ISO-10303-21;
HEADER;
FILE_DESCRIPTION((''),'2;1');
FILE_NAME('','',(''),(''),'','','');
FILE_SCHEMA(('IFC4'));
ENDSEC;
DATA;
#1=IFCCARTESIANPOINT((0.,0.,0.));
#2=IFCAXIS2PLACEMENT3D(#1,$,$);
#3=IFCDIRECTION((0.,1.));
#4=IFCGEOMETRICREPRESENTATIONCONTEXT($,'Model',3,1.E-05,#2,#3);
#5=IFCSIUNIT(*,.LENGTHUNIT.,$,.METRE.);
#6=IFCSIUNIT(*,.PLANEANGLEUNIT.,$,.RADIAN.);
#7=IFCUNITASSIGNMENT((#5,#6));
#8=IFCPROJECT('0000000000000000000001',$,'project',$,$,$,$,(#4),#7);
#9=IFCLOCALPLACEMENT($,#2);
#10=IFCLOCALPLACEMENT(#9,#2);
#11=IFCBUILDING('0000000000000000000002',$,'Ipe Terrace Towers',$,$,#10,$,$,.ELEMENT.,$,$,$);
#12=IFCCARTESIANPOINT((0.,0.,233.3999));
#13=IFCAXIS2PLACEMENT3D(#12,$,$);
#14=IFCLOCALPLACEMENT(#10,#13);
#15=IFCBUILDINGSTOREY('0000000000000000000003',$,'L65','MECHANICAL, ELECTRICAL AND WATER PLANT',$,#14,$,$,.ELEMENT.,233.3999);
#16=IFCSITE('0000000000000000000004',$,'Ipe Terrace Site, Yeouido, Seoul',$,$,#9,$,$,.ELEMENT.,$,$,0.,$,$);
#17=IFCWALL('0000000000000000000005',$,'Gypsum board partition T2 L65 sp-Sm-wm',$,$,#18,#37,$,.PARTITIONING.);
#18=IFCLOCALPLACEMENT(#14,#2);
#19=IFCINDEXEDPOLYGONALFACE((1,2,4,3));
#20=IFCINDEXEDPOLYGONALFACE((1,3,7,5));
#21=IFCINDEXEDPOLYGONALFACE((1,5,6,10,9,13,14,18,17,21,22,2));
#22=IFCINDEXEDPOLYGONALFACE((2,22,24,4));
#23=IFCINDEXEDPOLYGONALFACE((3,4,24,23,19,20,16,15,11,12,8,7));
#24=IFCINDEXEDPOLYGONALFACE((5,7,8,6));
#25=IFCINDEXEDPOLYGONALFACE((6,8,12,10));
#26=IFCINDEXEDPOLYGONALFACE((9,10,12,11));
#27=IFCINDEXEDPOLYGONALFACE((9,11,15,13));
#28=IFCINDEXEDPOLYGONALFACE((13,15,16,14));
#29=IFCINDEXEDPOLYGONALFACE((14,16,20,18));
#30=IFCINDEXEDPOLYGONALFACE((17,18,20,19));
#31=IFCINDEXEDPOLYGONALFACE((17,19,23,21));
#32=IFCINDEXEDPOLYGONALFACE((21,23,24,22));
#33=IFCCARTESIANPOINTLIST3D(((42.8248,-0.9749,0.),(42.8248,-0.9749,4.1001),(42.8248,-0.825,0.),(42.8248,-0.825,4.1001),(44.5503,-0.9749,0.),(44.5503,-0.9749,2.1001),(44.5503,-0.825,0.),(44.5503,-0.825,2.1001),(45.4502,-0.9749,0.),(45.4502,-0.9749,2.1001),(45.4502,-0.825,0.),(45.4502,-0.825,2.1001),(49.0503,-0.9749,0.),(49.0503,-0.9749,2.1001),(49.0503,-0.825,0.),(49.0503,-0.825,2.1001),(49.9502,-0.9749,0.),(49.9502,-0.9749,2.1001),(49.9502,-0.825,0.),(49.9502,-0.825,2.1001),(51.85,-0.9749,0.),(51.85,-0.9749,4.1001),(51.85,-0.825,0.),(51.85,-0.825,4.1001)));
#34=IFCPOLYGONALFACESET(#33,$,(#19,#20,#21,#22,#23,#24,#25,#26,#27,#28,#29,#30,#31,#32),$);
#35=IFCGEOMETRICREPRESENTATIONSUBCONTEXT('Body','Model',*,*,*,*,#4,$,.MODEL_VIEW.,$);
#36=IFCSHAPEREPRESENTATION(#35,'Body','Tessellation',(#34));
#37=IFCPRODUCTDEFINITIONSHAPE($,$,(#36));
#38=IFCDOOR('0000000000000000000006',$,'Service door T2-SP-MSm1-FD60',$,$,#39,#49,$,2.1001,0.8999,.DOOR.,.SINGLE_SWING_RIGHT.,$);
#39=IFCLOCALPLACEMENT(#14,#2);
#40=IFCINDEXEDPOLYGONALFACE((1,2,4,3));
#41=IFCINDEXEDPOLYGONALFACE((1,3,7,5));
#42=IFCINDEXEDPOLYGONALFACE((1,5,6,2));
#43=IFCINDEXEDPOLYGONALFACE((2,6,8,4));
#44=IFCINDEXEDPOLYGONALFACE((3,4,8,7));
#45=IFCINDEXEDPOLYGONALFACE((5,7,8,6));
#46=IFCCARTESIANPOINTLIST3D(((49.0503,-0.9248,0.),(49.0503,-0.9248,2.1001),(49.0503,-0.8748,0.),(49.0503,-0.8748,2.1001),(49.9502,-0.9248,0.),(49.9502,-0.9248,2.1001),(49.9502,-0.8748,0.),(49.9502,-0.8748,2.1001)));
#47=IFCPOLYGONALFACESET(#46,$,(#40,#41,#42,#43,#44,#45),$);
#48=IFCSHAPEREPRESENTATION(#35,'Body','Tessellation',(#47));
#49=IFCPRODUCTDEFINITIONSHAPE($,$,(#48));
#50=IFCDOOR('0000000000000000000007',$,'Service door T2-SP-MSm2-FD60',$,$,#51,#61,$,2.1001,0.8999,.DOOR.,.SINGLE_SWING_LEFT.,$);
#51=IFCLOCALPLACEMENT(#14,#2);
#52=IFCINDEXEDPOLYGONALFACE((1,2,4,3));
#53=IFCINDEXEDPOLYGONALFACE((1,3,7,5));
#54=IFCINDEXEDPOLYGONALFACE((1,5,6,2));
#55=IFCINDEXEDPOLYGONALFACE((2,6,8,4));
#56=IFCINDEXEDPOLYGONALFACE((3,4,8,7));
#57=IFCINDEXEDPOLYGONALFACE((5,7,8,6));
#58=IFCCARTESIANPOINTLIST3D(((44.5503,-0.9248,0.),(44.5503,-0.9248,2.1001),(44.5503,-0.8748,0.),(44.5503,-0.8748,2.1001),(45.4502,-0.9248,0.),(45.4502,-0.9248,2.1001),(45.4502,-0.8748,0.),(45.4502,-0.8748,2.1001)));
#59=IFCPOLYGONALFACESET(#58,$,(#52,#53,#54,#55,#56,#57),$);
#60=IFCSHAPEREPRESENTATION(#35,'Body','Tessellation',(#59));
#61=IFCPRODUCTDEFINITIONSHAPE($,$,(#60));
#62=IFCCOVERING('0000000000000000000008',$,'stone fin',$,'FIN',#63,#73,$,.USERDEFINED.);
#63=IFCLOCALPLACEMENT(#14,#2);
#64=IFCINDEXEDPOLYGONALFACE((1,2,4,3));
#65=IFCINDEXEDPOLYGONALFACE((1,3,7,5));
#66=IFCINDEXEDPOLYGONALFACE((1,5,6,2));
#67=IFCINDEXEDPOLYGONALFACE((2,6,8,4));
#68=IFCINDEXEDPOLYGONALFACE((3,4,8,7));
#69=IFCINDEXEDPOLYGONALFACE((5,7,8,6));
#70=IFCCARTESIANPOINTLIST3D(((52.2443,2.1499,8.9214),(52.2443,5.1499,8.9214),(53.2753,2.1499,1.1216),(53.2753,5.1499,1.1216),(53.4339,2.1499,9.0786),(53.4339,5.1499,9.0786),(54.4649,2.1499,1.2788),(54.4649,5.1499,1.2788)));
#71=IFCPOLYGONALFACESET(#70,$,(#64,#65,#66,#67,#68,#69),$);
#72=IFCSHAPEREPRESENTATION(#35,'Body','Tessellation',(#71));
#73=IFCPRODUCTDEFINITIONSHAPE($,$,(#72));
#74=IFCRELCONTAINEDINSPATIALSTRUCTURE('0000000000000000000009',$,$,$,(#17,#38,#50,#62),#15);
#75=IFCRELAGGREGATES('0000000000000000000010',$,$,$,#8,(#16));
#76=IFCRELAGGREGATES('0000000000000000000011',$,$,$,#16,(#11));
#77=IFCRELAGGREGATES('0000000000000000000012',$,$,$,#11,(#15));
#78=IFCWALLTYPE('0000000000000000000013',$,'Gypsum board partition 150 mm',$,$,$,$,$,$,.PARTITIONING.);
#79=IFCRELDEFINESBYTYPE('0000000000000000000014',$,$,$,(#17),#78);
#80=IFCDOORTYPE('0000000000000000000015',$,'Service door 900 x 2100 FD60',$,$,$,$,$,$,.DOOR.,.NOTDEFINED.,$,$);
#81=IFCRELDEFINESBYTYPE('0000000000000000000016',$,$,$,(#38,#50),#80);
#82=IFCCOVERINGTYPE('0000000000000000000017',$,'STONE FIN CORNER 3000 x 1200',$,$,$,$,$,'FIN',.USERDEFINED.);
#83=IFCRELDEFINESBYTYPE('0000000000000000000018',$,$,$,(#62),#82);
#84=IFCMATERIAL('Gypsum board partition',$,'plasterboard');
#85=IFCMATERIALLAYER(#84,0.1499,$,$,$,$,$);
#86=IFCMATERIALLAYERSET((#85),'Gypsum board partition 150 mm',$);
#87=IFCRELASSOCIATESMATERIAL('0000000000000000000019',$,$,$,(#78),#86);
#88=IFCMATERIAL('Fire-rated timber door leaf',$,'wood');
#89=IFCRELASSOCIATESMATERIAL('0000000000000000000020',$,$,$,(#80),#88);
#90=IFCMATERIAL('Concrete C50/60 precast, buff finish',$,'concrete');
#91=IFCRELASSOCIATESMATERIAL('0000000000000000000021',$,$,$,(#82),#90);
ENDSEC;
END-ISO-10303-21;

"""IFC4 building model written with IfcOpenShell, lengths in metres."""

from ifc_helpers import new_model, si_unit, direction, frame, frame_2d, origin, origin_2d, place, context, subcontext, project, spatial, rectangle, extrude, material, layer, layer_set, material_profile, profile_set, type_object, element, fill, save


model = new_model("IFC4")

# Units and contexts
model_context = context("Model", 3, precision=1e-05, world=origin(), true_north=direction((0.0, 1.0)))
body_context = subcontext(model_context, "Body", "Model", "MODEL_VIEW")
ifc_project = project(units=[si_unit("LENGTHUNIT", "METRE"), si_unit("PLANEANGLEUNIT", "RADIAN")], contexts=[model_context])

# Site, building, storey
site_placement = place(None, origin())
site = spatial("IfcSite", under=ifc_project, at=site_placement, Name="Ipe Terrace Site, Yeouido, Seoul", CompositionType="ELEMENT", RefElevation=0.0)
building_placement = place(site_placement, origin())
building = spatial("IfcBuilding", under=site, at=building_placement, Name="Ipe Terrace Towers", CompositionType="ELEMENT")
storey_placement = place(building_placement, frame((0.0, 0.0, 233.3999)))
storey = spatial("IfcBuildingStorey", under=building, at=storey_placement, Name="L65", Description="MECHANICAL, ELECTRICAL AND WATER PLANT", CompositionType="ELEMENT", Elevation=233.3999)

# Shared definitions
ifc_material_1 = material(Name="Gypsum board partition", Category="plasterboard")
ifc_layer_1 = layer(ifc_material_1, 0.1499)
ifc_layer_set_1 = layer_set([ifc_layer_1], Name="Gypsum board partition 150 mm")
wall_type_1 = type_object("IfcWallType", Name="Gypsum board partition 150 mm", PredefinedType="PARTITIONING", material=ifc_layer_set_1)
ifc_material_2 = material(Name="Fire-rated timber door leaf", Category="wood")
door_type = type_object("IfcDoorType", Name="Service door 900 x 2100 FD60", OperationType="NOTDEFINED", PredefinedType="DOOR", material=ifc_material_2)

# Wall, openings, doors
wall_1_placement = place(storey_placement, frame((51.8501, -0.8999, 0.0), z_axis=(0.0, 0.0, 1.0), x_axis=(-1.0, 0.0, 0.0)))
wall_1 = element("IfcWall", 1, at=wall_1_placement, inside=storey, type_object=wall_type_1, Name="Gypsum board partition T2 L65 sp-Sm-wm", PredefinedType="PARTITIONING", context=body_context, shape_type="SweptSolid", body=[
    extrude(rectangle(XDim=9.0251, YDim=0.1499, at=frame_2d((4.5127, 0.0))), origin(), (0.0, 0.0, 1.0), 4.1001),
])
opening_1_placement = place(wall_1_placement, frame((1.8999, 0.0, 0.0)))
opening_1 = element("IfcOpeningElement", 2, at=opening_1_placement, cuts=wall_1, PredefinedType="OPENING", context=body_context, shape_type="SweptSolid", body=[
    extrude(rectangle(XDim=0.8999, YDim=2.1001, at=frame_2d((0.45, 1.05))), frame((0.0, 0.085, 0.0), z_axis=(0.0, -1.0, 0.0), x_axis=(1.0, 0.0, 0.0)), (0.0, 0.0, 1.0), 0.1699),
])
opening_2_placement = place(wall_1_placement, frame((6.3999, 0.0, 0.0)))
opening_2 = element("IfcOpeningElement", 3, at=opening_2_placement, cuts=wall_1, PredefinedType="OPENING", context=body_context, shape_type="SweptSolid", body=[
    extrude(rectangle(XDim=0.8999, YDim=2.1001, at=frame_2d((0.45, 1.05))), frame((0.0, 0.085, 0.0), z_axis=(0.0, -1.0, 0.0), x_axis=(1.0, 0.0, 0.0)), (0.0, 0.0, 1.0), 0.1699),
])
door_1_placement = place(opening_1_placement, origin())
door_1 = element("IfcDoor", 4, at=door_1_placement, inside=storey, type_object=door_type, Name="Service door T2-SP-MSm1-FD60", OperationType="SINGLE_SWING_RIGHT", OverallHeight=2.1001, OverallWidth=0.8999, PredefinedType="DOOR", context=body_context, shape_type="SweptSolid", body=[
    extrude(rectangle(XDim=0.8999, YDim=2.1001, at=frame_2d((0.45, 1.05))), frame((0.0, 0.0249, 0.0), z_axis=(0.0, -1.0, 0.0), x_axis=(1.0, 0.0, 0.0)), (0.0, 0.0, 1.0), 0.05),
])
fill(opening_1, door_1)
door_2_placement = place(opening_2_placement, origin())
door_2 = element("IfcDoor", 5, at=door_2_placement, inside=storey, type_object=door_type, Name="Service door T2-SP-MSm2-FD60", OperationType="SINGLE_SWING_LEFT", OverallHeight=2.1001, OverallWidth=0.8999, PredefinedType="DOOR", context=body_context, shape_type="SweptSolid", body=[
    extrude(rectangle(XDim=0.8999, YDim=2.1001, at=frame_2d((0.45, 1.05))), frame((0.0, 0.0249, 0.0), z_axis=(0.0, -1.0, 0.0), x_axis=(1.0, 0.0, 0.0)), (0.0, 0.0, 1.0), 0.05),
])
fill(opening_2, door_2)

# Covering
ifc_material_3 = material(Name="Concrete C50/60 precast, buff finish", Category="concrete")
ifc_material_profile_1 = material_profile(ifc_material_3, rectangle(XDim=3.0, YDim=1.2, at=origin_2d()), Name="STONE FIN CORNER 3000 x 1200")
ifc_profile_set_1 = profile_set([ifc_material_profile_1], Name="Concrete C50/60 precast, buff finish")
covering_type = type_object("IfcCoveringType", Name="STONE FIN CORNER 3000 x 1200", ElementType="FIN", PredefinedType="USERDEFINED", material=ifc_profile_set_1)
covering_placement = place(storey_placement, frame((53.8701, 3.6499, 1.2002), z_axis=(-0.131044, 0.0, 0.991377), x_axis=(0.0, 1.0, 0.0)))
element("IfcCovering", 6, at=covering_placement, inside=storey, type_object=covering_type, Name="stone fin", ObjectType="FIN", PredefinedType="USERDEFINED", context=body_context, shape_type="SweptSolid", body=[
    extrude(rectangle(XDim=3.0, YDim=1.2, at=origin_2d()), origin(), (0.0, 0.0, 1.0), 7.8677),
])

save(model, "model.ifc")
